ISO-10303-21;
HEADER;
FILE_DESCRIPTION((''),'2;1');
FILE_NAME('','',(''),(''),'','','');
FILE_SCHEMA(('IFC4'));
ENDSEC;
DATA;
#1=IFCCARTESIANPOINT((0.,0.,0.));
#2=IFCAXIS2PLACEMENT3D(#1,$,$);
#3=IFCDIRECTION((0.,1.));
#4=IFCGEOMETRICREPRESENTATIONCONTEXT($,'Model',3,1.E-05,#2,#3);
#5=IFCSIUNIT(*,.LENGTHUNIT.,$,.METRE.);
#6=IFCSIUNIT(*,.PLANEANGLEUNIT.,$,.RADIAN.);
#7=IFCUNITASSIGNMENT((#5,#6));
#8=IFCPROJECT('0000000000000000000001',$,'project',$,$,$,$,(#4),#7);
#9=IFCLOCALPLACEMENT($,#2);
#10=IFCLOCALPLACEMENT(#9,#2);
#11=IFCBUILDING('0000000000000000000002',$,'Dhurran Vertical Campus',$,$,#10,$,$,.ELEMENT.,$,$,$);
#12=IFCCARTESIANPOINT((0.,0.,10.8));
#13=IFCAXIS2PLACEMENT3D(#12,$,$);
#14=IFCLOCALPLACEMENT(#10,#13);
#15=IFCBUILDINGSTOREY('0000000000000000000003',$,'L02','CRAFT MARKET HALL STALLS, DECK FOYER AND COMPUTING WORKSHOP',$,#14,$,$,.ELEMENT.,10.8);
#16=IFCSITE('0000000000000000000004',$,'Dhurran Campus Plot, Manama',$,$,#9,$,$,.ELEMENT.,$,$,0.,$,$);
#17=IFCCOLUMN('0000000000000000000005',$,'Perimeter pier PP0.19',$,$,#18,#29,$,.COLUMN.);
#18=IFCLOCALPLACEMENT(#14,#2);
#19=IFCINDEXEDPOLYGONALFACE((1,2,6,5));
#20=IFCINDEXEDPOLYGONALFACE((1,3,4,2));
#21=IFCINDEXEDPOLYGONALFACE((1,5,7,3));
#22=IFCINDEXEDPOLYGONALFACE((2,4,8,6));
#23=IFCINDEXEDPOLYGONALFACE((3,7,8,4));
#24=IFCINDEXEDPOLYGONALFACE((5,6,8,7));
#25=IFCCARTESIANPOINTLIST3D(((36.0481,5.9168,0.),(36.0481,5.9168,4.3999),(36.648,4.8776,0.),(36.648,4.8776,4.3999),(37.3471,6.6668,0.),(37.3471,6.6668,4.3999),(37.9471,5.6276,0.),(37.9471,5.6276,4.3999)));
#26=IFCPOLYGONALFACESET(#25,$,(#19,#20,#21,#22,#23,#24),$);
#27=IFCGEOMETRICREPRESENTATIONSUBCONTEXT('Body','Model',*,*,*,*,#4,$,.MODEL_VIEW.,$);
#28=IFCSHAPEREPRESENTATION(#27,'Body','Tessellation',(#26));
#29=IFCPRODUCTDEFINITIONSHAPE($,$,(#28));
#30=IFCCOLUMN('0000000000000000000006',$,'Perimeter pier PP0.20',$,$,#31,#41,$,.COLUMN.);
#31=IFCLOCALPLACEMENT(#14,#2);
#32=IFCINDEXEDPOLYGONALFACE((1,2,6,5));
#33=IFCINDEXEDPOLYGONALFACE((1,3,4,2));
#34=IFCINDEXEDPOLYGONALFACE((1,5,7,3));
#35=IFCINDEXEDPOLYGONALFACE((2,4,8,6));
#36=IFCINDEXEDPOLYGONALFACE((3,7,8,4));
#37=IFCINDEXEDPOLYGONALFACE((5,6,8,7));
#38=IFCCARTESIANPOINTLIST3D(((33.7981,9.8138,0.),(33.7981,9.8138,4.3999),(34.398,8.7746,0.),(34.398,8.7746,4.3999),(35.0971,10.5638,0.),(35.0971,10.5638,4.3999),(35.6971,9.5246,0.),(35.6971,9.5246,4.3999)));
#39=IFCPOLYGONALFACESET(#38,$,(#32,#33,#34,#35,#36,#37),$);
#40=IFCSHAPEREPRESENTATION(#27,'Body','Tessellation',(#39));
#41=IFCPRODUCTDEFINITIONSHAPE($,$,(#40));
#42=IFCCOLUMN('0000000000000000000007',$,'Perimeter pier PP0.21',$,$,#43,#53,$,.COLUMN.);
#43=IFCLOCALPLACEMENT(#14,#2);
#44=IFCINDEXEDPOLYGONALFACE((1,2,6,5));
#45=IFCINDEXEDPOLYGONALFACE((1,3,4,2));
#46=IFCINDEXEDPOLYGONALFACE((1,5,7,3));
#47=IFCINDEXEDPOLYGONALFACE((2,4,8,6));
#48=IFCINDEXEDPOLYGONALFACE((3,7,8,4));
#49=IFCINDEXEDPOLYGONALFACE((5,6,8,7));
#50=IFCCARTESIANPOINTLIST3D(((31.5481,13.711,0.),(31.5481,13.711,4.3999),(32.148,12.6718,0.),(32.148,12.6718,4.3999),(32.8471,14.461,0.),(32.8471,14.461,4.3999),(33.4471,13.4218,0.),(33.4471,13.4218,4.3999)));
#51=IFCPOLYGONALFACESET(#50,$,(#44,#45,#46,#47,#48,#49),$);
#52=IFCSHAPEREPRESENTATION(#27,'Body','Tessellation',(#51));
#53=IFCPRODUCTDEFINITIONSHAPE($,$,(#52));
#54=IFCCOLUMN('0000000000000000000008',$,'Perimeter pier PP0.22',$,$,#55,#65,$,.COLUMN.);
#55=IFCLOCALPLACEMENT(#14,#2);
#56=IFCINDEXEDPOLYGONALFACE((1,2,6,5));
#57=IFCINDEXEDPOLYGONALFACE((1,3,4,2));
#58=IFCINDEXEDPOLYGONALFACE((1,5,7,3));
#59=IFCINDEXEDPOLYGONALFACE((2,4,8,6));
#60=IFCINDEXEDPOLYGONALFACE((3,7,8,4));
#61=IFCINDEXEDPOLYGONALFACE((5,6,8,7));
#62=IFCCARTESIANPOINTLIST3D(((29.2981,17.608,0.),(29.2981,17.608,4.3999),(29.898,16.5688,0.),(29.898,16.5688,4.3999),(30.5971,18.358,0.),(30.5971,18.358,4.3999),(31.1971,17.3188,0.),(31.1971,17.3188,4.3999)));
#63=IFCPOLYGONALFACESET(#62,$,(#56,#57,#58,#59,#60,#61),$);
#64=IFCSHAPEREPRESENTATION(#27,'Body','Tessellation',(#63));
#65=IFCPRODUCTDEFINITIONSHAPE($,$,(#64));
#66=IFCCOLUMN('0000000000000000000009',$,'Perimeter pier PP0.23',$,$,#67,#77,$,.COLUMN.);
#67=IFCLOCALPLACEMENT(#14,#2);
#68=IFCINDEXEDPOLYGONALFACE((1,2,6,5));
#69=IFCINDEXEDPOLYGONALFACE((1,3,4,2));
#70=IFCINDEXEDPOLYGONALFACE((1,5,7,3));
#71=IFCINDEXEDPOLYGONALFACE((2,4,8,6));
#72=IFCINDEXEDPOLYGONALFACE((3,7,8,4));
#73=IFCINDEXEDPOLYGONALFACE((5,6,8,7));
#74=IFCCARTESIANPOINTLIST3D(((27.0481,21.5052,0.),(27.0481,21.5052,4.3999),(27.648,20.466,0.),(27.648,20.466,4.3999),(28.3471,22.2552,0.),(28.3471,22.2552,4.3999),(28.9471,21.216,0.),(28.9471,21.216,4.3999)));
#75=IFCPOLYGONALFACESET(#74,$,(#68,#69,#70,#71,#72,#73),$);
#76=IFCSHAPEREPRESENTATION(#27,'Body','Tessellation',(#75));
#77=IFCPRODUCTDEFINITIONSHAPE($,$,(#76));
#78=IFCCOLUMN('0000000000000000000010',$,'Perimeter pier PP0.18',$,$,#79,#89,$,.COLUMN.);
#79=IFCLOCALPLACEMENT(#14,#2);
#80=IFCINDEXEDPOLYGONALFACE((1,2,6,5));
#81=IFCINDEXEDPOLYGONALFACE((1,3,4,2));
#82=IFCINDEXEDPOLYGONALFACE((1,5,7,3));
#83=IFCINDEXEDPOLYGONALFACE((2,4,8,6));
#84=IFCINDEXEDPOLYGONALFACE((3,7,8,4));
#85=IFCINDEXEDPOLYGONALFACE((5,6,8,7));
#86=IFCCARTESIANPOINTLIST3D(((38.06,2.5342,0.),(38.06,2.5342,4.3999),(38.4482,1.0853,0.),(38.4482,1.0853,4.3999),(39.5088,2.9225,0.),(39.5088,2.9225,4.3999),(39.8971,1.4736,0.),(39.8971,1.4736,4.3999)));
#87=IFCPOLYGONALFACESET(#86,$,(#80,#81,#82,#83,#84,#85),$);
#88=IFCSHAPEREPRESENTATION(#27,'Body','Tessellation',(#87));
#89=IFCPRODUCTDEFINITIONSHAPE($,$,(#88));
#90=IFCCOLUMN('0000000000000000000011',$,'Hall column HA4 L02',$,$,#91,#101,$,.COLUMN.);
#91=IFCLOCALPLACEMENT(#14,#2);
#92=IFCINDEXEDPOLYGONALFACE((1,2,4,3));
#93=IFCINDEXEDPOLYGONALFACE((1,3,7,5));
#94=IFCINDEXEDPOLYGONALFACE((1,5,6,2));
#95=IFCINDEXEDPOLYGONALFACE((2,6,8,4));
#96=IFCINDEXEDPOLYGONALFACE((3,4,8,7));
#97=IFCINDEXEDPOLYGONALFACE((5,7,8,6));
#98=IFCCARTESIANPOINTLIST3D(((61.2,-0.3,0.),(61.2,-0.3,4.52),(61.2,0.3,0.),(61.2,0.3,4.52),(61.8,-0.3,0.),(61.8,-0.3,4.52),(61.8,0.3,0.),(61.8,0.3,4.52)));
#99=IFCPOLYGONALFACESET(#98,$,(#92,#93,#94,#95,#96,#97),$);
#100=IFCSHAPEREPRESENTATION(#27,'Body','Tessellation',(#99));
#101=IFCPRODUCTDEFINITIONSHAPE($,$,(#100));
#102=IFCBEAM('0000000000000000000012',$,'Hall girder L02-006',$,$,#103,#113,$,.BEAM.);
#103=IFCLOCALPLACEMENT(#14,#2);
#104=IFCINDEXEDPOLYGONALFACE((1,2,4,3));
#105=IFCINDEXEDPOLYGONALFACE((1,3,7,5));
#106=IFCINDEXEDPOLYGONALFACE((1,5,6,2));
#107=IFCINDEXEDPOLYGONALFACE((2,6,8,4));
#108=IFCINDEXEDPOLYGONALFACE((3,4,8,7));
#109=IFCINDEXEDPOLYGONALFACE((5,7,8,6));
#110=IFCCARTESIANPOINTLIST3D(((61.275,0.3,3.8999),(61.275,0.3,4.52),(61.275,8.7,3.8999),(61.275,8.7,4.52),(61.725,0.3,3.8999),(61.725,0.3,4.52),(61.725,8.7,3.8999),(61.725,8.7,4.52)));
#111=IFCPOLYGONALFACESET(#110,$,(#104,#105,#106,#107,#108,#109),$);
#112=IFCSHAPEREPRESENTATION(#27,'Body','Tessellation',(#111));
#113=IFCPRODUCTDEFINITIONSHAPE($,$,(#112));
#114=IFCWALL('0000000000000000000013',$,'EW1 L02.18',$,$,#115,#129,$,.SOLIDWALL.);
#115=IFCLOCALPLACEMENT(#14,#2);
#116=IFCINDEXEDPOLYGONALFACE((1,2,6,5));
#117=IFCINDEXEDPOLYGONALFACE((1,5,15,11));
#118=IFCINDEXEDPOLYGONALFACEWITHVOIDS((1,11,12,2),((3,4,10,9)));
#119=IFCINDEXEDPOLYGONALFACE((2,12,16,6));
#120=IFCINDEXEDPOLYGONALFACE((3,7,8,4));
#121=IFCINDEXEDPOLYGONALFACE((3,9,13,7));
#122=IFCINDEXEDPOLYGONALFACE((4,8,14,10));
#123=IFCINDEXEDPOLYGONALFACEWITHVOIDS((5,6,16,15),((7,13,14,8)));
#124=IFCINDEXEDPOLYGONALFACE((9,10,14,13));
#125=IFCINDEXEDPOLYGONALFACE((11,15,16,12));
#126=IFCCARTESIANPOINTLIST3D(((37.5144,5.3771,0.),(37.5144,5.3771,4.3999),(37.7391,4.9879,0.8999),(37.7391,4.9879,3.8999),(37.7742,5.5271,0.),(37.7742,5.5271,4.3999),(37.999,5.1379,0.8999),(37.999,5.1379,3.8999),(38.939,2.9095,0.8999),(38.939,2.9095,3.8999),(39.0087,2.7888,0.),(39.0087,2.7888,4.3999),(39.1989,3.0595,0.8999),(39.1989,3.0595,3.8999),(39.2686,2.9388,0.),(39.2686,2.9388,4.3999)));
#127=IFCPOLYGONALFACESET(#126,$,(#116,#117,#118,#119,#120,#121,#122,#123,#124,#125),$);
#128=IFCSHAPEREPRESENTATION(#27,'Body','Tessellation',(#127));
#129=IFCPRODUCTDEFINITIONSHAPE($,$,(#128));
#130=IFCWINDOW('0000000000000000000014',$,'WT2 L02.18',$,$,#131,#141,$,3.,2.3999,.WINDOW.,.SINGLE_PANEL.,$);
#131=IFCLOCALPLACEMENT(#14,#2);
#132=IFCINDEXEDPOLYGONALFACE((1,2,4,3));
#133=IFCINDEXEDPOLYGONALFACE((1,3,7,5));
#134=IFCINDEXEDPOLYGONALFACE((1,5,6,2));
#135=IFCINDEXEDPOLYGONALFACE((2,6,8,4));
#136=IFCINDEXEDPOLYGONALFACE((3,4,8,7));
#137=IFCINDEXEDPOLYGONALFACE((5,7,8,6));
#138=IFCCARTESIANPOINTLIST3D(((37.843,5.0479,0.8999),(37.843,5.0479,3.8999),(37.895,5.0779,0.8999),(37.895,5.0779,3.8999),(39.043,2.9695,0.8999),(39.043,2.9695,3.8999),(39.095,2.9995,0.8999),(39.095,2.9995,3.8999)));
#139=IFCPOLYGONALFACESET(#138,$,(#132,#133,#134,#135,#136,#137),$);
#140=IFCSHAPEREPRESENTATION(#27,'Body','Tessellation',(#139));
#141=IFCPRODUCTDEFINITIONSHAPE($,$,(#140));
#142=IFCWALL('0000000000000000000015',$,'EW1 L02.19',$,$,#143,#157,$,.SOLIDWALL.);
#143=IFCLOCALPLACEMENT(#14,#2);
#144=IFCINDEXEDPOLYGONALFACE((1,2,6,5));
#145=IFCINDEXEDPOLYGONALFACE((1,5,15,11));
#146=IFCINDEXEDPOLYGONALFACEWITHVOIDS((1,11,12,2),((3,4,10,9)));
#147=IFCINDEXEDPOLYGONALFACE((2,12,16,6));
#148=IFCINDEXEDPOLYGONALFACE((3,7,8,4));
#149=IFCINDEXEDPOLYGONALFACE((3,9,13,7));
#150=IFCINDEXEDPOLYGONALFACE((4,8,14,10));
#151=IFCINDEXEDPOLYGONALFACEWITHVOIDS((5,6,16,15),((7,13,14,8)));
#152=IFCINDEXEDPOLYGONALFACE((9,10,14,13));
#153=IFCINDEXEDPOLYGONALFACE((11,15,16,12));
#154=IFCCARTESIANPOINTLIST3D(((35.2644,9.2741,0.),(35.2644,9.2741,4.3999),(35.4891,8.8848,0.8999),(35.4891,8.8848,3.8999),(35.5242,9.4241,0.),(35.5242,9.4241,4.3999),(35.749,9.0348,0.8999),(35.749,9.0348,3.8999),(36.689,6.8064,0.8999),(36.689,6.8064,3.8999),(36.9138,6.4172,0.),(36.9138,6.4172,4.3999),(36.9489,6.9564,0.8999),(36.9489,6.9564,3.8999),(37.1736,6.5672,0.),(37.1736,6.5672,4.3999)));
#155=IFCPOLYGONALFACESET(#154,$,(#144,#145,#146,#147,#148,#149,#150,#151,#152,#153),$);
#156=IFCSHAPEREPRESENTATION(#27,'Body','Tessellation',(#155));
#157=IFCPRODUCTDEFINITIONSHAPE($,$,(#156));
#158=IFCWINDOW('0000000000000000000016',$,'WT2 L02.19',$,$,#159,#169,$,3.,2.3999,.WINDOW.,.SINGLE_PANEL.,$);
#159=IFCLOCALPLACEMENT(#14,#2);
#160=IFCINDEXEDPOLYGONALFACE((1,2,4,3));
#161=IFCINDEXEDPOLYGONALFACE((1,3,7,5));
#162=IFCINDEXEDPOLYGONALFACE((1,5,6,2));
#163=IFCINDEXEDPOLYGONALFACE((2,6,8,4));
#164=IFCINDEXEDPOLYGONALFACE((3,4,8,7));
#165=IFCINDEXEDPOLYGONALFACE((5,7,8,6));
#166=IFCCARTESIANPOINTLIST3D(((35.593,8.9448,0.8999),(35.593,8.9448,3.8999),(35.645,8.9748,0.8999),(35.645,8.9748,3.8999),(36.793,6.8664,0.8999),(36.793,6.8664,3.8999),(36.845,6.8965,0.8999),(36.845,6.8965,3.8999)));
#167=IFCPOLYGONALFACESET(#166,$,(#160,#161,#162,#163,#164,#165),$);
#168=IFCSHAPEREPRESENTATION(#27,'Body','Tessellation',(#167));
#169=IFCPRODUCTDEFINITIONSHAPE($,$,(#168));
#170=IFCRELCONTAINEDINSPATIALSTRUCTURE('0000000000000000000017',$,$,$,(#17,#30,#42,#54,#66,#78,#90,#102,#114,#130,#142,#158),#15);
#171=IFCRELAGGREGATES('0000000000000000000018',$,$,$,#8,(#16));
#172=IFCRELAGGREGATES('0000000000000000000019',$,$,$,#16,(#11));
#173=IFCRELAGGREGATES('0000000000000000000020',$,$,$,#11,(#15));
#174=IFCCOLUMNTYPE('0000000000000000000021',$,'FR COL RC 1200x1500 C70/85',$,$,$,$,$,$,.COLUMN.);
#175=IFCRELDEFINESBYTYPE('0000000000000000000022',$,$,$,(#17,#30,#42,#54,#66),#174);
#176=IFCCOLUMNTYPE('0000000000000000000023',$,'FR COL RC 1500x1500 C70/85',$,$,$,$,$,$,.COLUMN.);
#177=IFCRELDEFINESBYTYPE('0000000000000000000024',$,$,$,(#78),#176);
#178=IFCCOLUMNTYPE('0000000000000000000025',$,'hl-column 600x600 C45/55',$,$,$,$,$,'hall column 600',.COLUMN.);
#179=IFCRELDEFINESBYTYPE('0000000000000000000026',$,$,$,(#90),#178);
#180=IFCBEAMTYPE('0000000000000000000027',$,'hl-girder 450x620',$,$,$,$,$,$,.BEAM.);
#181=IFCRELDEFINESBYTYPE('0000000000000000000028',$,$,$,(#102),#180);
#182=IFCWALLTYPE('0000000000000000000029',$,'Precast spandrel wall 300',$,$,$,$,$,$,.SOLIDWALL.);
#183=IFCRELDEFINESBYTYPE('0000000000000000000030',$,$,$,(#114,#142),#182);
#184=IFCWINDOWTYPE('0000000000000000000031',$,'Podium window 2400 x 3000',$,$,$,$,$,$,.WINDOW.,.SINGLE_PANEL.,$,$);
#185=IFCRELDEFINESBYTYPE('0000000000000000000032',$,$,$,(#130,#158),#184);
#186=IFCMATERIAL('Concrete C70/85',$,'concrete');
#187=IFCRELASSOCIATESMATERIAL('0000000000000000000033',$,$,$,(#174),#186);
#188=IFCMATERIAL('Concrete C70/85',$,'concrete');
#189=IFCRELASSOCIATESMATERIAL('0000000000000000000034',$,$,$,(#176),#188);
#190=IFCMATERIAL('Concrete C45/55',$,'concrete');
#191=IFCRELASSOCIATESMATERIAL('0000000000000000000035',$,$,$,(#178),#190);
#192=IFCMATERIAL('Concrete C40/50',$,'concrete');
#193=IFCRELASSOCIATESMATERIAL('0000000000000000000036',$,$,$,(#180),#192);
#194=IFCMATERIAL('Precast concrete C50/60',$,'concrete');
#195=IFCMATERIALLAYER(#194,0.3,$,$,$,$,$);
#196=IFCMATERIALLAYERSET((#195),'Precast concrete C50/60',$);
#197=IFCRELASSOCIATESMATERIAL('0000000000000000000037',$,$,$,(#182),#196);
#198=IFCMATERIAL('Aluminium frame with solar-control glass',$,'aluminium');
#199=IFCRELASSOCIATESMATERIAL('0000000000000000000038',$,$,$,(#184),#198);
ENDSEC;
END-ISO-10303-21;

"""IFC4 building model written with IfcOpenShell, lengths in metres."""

from ifc_helpers import new_model, si_unit, direction, frame, frame_2d, origin, origin_2d, place, context, subcontext, project, spatial, rectangle, extrude, material, layer, layer_set, material_profile, profile_set, type_object, element, fill, save


model = new_model("IFC4")

# Units and contexts
model_context = context("Model", 3, precision=1e-05, world=origin(), true_north=direction((0.0, 1.0)))
body_context = subcontext(model_context, "Body", "Model", "MODEL_VIEW")
ifc_project = project(units=[si_unit("LENGTHUNIT", "METRE"), si_unit("PLANEANGLEUNIT", "RADIAN")], contexts=[model_context])

# Site, building, storey
site_placement = place(None, origin())
site = spatial("IfcSite", under=ifc_project, at=site_placement, Name="Dhurran Campus Plot, Manama", CompositionType="ELEMENT", RefElevation=0.0)
building_placement = place(site_placement, origin())
building = spatial("IfcBuilding", under=site, at=building_placement, Name="Dhurran Vertical Campus", CompositionType="ELEMENT")
storey_placement = place(building_placement, frame((0.0, 0.0, 10.8)))
storey = spatial("IfcBuildingStorey", under=building, at=storey_placement, Name="L02", Description="CRAFT MARKET HALL STALLS, DECK FOYER AND COMPUTING WORKSHOP", CompositionType="ELEMENT", Elevation=10.8)

# Columns
ifc_material_1 = material(Name="Concrete C70/85", Category="concrete")
ifc_material_profile_1 = material_profile(ifc_material_1, rectangle(XDim=1.2, YDim=1.5, at=origin_2d()), Name="RC 1200x1500")
ifc_profile_set_1 = profile_set([ifc_material_profile_1], Name="Concrete C70/85")
column_type_1 = type_object("IfcColumnType", Name="FR COL RC 1200x1500 C70/85", PredefinedType="COLUMN", material=ifc_profile_set_1)
for number, where, z_axis, x_axis, name in (
    (1, (36.9976, 5.7722, 0.0), (0.0, 0.0, 1.0), (-0.5, 0.866025, 0.0), "Perimeter pier PP0.19"),
    (2, (34.7476, 9.6692, 0.0), (0.0, 0.0, 1.0), (-0.5, 0.866025, 0.0), "Perimeter pier PP0.20"),
    (3, (32.4976, 13.5664, 0.0), (0.0, 0.0, 1.0), (-0.5, 0.866025, 0.0), "Perimeter pier PP0.21"),
    (4, (30.2476, 17.4634, 0.0), (0.0, 0.0, 1.0), (-0.5, 0.866025, 0.0), "Perimeter pier PP0.22"),
    (5, (27.9976, 21.3606, 0.0), (0.0, 0.0, 1.0), (-0.5, 0.866025, 0.0), "Perimeter pier PP0.23"),
):
    element("IfcColumn", number, at=place(storey_placement, frame(where, z_axis=z_axis, x_axis=x_axis)), inside=storey, type_object=column_type_1, Name=name, PredefinedType="COLUMN", context=body_context, shape_type="SweptSolid", body=[
        extrude(rectangle(XDim=1.2, YDim=1.5, at=origin_2d()), origin(), (0.0, 0.0, 1.0), 4.3999),
    ])
ifc_material_2 = material(Name="Concrete C70/85", Category="concrete")
ifc_material_profile_2 = material_profile(ifc_material_2, rectangle(XDim=1.5, YDim=1.5, at=origin_2d()), Name="RC 1500x1500")
ifc_profile_set_2 = profile_set([ifc_material_profile_2], Name="Concrete C70/85")
column_type_2 = type_object("IfcColumnType", Name="FR COL RC 1500x1500 C70/85", PredefinedType="COLUMN", material=ifc_profile_set_2)
column_1_placement = place(storey_placement, frame((38.9785, 2.0039, 0.0), z_axis=(0.0, 0.0, 1.0), x_axis=(-0.258819, 0.965926, 0.0)))
element("IfcColumn", 6, at=column_1_placement, inside=storey, type_object=column_type_2, Name="Perimeter pier PP0.18", PredefinedType="COLUMN", context=body_context, shape_type="SweptSolid", body=[
    extrude(rectangle(XDim=1.5, YDim=1.5, at=origin_2d()), origin(), (0.0, 0.0, 1.0), 4.3999),
])
ifc_material_3 = material(Name="Concrete C45/55", Category="concrete")
ifc_material_profile_3 = material_profile(ifc_material_3, rectangle(XDim=0.6001, YDim=0.6001, at=origin_2d()), Name="hl-column 600x600 C45/55")
ifc_profile_set_3 = profile_set([ifc_material_profile_3], Name="Concrete C45/55")
column_type_3 = type_object("IfcColumnType", Name="hl-column 600x600 C45/55", ElementType="hall column 600", PredefinedType="COLUMN", material=ifc_profile_set_3)
column_2_placement = place(storey_placement, frame((61.5, 0.0, 0.0), z_axis=(0.0, 0.0, 1.0), x_axis=(1.0, 0.0, 0.0)))
element("IfcColumn", 7, at=column_2_placement, inside=storey, type_object=column_type_3, Name="Hall column HA4 L02", PredefinedType="COLUMN", context=body_context, shape_type="SweptSolid", body=[
    extrude(rectangle(XDim=0.6001, YDim=0.6001, at=origin_2d()), origin(), (0.0, 0.0, 1.0), 4.52),
])

# Beam
ifc_material_4 = material(Name="Concrete C40/50", Category="concrete")
ifc_material_profile_4 = material_profile(ifc_material_4, rectangle(XDim=0.45, YDim=0.6201, at=origin_2d()), Name="hl-girder 450x620")
ifc_profile_set_4 = profile_set([ifc_material_profile_4], Name="Concrete C40/50")
beam_type = type_object("IfcBeamType", Name="hl-girder 450x620", PredefinedType="BEAM", material=ifc_profile_set_4)
beam_placement = place(storey_placement, frame((61.5, 0.3, 4.21), z_axis=(0.0, 1.0, 0.0), x_axis=(-1.0, 0.0, 0.0)))
element("IfcBeam", 8, at=beam_placement, inside=storey, type_object=beam_type, Name="Hall girder L02-006", PredefinedType="BEAM", context=body_context, shape_type="SweptSolid", body=[
    extrude(rectangle(XDim=0.45, YDim=0.6201, at=origin_2d()), origin(), (0.0, 0.0, 1.0), 8.3999),
])

# Walls, openings, windows
ifc_material_5 = material(Name="Precast concrete C50/60", Category="concrete")
ifc_layer_1 = layer(ifc_material_5, 0.3)
ifc_layer_set_1 = layer_set([ifc_layer_1], Name="Precast concrete C50/60")
wall_type_1 = type_object("IfcWallType", Name="Precast spandrel wall 300", PredefinedType="SOLIDWALL", material=ifc_layer_set_1)
wall_1_placement = place(storey_placement, frame((39.1387, 2.8638, 0.0), z_axis=(0.0, 0.0, 1.0), x_axis=(-0.499996, 0.866028, 0.0)))
wall_1 = element("IfcWall", 9, at=wall_1_placement, inside=storey, type_object=wall_type_1, Name="EW1 L02.18", PredefinedType="SOLIDWALL", context=body_context, shape_type="SweptSolid", body=[
    extrude(rectangle(XDim=2.9888, YDim=0.3, at=frame_2d((1.4944, 0.0))), origin(), (0.0, 0.0, 1.0), 4.3999),
])
opening_1_placement = place(wall_1_placement, frame((0.1394, 0.0, 0.8999)))
opening_1 = element("IfcOpeningElement", 10, at=opening_1_placement, cuts=wall_1, PredefinedType="OPENING", context=body_context, shape_type="SweptSolid", body=[
    extrude(rectangle(XDim=2.3999, YDim=3.0, at=frame_2d((1.2, 1.5))), frame((0.0, 0.1599, 0.0), z_axis=(0.0, -1.0, 0.0), x_axis=(1.0, 0.0, 0.0)), (0.0, 0.0, 1.0), 0.3201),
])
ifc_material_6 = material(Name="Aluminium frame with solar-control glass", Category="aluminium")
window_type_1 = type_object("IfcWindowType", Name="Podium window 2400 x 3000", PartitioningType="SINGLE_PANEL", PredefinedType="WINDOW", material=ifc_material_6)
window_1_placement = place(opening_1_placement, origin())
window_1 = element("IfcWindow", 11, at=window_1_placement, inside=storey, type_object=window_type_1, Name="WT2 L02.18", OverallHeight=3.0, OverallWidth=2.3999, PartitioningType="SINGLE_PANEL", PredefinedType="WINDOW", context=body_context, shape_type="SweptSolid", body=[
    extrude(rectangle(XDim=2.3999, YDim=3.0, at=frame_2d((1.2, 1.5))), frame((0.0, 0.03, 0.0), z_axis=(0.0, -1.0, 0.0), x_axis=(1.0, 0.0, 0.0)), (0.0, 0.0, 1.0), 0.0601),
])
fill(opening_1, window_1)
wall_2_placement = place(storey_placement, frame((37.0437, 6.4922, 0.0), z_axis=(0.0, 0.0, 1.0), x_axis=(-0.499992, 0.86603, 0.0)))
wall_2 = element("IfcWall", 12, at=wall_2_placement, inside=storey, type_object=wall_type_1, Name="EW1 L02.19", PredefinedType="SOLIDWALL", context=body_context, shape_type="SweptSolid", body=[
    extrude(rectangle(XDim=3.2988, YDim=0.3, at=frame_2d((1.6494, 0.0))), origin(), (0.0, 0.0, 1.0), 4.3999),
])
opening_2_placement = place(wall_2_placement, frame((0.4495, 0.0, 0.8999)))
opening_2 = element("IfcOpeningElement", 13, at=opening_2_placement, cuts=wall_2, PredefinedType="OPENING", context=body_context, shape_type="SweptSolid", body=[
    extrude(rectangle(XDim=2.3999, YDim=3.0, at=frame_2d((1.2, 1.5))), frame((0.0, 0.1599, 0.0), z_axis=(0.0, -1.0, 0.0), x_axis=(1.0, 0.0, 0.0)), (0.0, 0.0, 1.0), 0.3201),
])
window_2_placement = place(opening_2_placement, origin())
window_2 = element("IfcWindow", 14, at=window_2_placement, inside=storey, type_object=window_type_1, Name="WT2 L02.19", OverallHeight=3.0, OverallWidth=2.3999, PartitioningType="SINGLE_PANEL", PredefinedType="WINDOW", context=body_context, shape_type="SweptSolid", body=[
    extrude(rectangle(XDim=2.3999, YDim=3.0, at=frame_2d((1.2, 1.5))), frame((0.0, 0.03, 0.0), z_axis=(0.0, -1.0, 0.0), x_axis=(1.0, 0.0, 0.0)), (0.0, 0.0, 1.0), 0.0601),
])
fill(opening_2, window_2)

save(model, "model.ifc")
